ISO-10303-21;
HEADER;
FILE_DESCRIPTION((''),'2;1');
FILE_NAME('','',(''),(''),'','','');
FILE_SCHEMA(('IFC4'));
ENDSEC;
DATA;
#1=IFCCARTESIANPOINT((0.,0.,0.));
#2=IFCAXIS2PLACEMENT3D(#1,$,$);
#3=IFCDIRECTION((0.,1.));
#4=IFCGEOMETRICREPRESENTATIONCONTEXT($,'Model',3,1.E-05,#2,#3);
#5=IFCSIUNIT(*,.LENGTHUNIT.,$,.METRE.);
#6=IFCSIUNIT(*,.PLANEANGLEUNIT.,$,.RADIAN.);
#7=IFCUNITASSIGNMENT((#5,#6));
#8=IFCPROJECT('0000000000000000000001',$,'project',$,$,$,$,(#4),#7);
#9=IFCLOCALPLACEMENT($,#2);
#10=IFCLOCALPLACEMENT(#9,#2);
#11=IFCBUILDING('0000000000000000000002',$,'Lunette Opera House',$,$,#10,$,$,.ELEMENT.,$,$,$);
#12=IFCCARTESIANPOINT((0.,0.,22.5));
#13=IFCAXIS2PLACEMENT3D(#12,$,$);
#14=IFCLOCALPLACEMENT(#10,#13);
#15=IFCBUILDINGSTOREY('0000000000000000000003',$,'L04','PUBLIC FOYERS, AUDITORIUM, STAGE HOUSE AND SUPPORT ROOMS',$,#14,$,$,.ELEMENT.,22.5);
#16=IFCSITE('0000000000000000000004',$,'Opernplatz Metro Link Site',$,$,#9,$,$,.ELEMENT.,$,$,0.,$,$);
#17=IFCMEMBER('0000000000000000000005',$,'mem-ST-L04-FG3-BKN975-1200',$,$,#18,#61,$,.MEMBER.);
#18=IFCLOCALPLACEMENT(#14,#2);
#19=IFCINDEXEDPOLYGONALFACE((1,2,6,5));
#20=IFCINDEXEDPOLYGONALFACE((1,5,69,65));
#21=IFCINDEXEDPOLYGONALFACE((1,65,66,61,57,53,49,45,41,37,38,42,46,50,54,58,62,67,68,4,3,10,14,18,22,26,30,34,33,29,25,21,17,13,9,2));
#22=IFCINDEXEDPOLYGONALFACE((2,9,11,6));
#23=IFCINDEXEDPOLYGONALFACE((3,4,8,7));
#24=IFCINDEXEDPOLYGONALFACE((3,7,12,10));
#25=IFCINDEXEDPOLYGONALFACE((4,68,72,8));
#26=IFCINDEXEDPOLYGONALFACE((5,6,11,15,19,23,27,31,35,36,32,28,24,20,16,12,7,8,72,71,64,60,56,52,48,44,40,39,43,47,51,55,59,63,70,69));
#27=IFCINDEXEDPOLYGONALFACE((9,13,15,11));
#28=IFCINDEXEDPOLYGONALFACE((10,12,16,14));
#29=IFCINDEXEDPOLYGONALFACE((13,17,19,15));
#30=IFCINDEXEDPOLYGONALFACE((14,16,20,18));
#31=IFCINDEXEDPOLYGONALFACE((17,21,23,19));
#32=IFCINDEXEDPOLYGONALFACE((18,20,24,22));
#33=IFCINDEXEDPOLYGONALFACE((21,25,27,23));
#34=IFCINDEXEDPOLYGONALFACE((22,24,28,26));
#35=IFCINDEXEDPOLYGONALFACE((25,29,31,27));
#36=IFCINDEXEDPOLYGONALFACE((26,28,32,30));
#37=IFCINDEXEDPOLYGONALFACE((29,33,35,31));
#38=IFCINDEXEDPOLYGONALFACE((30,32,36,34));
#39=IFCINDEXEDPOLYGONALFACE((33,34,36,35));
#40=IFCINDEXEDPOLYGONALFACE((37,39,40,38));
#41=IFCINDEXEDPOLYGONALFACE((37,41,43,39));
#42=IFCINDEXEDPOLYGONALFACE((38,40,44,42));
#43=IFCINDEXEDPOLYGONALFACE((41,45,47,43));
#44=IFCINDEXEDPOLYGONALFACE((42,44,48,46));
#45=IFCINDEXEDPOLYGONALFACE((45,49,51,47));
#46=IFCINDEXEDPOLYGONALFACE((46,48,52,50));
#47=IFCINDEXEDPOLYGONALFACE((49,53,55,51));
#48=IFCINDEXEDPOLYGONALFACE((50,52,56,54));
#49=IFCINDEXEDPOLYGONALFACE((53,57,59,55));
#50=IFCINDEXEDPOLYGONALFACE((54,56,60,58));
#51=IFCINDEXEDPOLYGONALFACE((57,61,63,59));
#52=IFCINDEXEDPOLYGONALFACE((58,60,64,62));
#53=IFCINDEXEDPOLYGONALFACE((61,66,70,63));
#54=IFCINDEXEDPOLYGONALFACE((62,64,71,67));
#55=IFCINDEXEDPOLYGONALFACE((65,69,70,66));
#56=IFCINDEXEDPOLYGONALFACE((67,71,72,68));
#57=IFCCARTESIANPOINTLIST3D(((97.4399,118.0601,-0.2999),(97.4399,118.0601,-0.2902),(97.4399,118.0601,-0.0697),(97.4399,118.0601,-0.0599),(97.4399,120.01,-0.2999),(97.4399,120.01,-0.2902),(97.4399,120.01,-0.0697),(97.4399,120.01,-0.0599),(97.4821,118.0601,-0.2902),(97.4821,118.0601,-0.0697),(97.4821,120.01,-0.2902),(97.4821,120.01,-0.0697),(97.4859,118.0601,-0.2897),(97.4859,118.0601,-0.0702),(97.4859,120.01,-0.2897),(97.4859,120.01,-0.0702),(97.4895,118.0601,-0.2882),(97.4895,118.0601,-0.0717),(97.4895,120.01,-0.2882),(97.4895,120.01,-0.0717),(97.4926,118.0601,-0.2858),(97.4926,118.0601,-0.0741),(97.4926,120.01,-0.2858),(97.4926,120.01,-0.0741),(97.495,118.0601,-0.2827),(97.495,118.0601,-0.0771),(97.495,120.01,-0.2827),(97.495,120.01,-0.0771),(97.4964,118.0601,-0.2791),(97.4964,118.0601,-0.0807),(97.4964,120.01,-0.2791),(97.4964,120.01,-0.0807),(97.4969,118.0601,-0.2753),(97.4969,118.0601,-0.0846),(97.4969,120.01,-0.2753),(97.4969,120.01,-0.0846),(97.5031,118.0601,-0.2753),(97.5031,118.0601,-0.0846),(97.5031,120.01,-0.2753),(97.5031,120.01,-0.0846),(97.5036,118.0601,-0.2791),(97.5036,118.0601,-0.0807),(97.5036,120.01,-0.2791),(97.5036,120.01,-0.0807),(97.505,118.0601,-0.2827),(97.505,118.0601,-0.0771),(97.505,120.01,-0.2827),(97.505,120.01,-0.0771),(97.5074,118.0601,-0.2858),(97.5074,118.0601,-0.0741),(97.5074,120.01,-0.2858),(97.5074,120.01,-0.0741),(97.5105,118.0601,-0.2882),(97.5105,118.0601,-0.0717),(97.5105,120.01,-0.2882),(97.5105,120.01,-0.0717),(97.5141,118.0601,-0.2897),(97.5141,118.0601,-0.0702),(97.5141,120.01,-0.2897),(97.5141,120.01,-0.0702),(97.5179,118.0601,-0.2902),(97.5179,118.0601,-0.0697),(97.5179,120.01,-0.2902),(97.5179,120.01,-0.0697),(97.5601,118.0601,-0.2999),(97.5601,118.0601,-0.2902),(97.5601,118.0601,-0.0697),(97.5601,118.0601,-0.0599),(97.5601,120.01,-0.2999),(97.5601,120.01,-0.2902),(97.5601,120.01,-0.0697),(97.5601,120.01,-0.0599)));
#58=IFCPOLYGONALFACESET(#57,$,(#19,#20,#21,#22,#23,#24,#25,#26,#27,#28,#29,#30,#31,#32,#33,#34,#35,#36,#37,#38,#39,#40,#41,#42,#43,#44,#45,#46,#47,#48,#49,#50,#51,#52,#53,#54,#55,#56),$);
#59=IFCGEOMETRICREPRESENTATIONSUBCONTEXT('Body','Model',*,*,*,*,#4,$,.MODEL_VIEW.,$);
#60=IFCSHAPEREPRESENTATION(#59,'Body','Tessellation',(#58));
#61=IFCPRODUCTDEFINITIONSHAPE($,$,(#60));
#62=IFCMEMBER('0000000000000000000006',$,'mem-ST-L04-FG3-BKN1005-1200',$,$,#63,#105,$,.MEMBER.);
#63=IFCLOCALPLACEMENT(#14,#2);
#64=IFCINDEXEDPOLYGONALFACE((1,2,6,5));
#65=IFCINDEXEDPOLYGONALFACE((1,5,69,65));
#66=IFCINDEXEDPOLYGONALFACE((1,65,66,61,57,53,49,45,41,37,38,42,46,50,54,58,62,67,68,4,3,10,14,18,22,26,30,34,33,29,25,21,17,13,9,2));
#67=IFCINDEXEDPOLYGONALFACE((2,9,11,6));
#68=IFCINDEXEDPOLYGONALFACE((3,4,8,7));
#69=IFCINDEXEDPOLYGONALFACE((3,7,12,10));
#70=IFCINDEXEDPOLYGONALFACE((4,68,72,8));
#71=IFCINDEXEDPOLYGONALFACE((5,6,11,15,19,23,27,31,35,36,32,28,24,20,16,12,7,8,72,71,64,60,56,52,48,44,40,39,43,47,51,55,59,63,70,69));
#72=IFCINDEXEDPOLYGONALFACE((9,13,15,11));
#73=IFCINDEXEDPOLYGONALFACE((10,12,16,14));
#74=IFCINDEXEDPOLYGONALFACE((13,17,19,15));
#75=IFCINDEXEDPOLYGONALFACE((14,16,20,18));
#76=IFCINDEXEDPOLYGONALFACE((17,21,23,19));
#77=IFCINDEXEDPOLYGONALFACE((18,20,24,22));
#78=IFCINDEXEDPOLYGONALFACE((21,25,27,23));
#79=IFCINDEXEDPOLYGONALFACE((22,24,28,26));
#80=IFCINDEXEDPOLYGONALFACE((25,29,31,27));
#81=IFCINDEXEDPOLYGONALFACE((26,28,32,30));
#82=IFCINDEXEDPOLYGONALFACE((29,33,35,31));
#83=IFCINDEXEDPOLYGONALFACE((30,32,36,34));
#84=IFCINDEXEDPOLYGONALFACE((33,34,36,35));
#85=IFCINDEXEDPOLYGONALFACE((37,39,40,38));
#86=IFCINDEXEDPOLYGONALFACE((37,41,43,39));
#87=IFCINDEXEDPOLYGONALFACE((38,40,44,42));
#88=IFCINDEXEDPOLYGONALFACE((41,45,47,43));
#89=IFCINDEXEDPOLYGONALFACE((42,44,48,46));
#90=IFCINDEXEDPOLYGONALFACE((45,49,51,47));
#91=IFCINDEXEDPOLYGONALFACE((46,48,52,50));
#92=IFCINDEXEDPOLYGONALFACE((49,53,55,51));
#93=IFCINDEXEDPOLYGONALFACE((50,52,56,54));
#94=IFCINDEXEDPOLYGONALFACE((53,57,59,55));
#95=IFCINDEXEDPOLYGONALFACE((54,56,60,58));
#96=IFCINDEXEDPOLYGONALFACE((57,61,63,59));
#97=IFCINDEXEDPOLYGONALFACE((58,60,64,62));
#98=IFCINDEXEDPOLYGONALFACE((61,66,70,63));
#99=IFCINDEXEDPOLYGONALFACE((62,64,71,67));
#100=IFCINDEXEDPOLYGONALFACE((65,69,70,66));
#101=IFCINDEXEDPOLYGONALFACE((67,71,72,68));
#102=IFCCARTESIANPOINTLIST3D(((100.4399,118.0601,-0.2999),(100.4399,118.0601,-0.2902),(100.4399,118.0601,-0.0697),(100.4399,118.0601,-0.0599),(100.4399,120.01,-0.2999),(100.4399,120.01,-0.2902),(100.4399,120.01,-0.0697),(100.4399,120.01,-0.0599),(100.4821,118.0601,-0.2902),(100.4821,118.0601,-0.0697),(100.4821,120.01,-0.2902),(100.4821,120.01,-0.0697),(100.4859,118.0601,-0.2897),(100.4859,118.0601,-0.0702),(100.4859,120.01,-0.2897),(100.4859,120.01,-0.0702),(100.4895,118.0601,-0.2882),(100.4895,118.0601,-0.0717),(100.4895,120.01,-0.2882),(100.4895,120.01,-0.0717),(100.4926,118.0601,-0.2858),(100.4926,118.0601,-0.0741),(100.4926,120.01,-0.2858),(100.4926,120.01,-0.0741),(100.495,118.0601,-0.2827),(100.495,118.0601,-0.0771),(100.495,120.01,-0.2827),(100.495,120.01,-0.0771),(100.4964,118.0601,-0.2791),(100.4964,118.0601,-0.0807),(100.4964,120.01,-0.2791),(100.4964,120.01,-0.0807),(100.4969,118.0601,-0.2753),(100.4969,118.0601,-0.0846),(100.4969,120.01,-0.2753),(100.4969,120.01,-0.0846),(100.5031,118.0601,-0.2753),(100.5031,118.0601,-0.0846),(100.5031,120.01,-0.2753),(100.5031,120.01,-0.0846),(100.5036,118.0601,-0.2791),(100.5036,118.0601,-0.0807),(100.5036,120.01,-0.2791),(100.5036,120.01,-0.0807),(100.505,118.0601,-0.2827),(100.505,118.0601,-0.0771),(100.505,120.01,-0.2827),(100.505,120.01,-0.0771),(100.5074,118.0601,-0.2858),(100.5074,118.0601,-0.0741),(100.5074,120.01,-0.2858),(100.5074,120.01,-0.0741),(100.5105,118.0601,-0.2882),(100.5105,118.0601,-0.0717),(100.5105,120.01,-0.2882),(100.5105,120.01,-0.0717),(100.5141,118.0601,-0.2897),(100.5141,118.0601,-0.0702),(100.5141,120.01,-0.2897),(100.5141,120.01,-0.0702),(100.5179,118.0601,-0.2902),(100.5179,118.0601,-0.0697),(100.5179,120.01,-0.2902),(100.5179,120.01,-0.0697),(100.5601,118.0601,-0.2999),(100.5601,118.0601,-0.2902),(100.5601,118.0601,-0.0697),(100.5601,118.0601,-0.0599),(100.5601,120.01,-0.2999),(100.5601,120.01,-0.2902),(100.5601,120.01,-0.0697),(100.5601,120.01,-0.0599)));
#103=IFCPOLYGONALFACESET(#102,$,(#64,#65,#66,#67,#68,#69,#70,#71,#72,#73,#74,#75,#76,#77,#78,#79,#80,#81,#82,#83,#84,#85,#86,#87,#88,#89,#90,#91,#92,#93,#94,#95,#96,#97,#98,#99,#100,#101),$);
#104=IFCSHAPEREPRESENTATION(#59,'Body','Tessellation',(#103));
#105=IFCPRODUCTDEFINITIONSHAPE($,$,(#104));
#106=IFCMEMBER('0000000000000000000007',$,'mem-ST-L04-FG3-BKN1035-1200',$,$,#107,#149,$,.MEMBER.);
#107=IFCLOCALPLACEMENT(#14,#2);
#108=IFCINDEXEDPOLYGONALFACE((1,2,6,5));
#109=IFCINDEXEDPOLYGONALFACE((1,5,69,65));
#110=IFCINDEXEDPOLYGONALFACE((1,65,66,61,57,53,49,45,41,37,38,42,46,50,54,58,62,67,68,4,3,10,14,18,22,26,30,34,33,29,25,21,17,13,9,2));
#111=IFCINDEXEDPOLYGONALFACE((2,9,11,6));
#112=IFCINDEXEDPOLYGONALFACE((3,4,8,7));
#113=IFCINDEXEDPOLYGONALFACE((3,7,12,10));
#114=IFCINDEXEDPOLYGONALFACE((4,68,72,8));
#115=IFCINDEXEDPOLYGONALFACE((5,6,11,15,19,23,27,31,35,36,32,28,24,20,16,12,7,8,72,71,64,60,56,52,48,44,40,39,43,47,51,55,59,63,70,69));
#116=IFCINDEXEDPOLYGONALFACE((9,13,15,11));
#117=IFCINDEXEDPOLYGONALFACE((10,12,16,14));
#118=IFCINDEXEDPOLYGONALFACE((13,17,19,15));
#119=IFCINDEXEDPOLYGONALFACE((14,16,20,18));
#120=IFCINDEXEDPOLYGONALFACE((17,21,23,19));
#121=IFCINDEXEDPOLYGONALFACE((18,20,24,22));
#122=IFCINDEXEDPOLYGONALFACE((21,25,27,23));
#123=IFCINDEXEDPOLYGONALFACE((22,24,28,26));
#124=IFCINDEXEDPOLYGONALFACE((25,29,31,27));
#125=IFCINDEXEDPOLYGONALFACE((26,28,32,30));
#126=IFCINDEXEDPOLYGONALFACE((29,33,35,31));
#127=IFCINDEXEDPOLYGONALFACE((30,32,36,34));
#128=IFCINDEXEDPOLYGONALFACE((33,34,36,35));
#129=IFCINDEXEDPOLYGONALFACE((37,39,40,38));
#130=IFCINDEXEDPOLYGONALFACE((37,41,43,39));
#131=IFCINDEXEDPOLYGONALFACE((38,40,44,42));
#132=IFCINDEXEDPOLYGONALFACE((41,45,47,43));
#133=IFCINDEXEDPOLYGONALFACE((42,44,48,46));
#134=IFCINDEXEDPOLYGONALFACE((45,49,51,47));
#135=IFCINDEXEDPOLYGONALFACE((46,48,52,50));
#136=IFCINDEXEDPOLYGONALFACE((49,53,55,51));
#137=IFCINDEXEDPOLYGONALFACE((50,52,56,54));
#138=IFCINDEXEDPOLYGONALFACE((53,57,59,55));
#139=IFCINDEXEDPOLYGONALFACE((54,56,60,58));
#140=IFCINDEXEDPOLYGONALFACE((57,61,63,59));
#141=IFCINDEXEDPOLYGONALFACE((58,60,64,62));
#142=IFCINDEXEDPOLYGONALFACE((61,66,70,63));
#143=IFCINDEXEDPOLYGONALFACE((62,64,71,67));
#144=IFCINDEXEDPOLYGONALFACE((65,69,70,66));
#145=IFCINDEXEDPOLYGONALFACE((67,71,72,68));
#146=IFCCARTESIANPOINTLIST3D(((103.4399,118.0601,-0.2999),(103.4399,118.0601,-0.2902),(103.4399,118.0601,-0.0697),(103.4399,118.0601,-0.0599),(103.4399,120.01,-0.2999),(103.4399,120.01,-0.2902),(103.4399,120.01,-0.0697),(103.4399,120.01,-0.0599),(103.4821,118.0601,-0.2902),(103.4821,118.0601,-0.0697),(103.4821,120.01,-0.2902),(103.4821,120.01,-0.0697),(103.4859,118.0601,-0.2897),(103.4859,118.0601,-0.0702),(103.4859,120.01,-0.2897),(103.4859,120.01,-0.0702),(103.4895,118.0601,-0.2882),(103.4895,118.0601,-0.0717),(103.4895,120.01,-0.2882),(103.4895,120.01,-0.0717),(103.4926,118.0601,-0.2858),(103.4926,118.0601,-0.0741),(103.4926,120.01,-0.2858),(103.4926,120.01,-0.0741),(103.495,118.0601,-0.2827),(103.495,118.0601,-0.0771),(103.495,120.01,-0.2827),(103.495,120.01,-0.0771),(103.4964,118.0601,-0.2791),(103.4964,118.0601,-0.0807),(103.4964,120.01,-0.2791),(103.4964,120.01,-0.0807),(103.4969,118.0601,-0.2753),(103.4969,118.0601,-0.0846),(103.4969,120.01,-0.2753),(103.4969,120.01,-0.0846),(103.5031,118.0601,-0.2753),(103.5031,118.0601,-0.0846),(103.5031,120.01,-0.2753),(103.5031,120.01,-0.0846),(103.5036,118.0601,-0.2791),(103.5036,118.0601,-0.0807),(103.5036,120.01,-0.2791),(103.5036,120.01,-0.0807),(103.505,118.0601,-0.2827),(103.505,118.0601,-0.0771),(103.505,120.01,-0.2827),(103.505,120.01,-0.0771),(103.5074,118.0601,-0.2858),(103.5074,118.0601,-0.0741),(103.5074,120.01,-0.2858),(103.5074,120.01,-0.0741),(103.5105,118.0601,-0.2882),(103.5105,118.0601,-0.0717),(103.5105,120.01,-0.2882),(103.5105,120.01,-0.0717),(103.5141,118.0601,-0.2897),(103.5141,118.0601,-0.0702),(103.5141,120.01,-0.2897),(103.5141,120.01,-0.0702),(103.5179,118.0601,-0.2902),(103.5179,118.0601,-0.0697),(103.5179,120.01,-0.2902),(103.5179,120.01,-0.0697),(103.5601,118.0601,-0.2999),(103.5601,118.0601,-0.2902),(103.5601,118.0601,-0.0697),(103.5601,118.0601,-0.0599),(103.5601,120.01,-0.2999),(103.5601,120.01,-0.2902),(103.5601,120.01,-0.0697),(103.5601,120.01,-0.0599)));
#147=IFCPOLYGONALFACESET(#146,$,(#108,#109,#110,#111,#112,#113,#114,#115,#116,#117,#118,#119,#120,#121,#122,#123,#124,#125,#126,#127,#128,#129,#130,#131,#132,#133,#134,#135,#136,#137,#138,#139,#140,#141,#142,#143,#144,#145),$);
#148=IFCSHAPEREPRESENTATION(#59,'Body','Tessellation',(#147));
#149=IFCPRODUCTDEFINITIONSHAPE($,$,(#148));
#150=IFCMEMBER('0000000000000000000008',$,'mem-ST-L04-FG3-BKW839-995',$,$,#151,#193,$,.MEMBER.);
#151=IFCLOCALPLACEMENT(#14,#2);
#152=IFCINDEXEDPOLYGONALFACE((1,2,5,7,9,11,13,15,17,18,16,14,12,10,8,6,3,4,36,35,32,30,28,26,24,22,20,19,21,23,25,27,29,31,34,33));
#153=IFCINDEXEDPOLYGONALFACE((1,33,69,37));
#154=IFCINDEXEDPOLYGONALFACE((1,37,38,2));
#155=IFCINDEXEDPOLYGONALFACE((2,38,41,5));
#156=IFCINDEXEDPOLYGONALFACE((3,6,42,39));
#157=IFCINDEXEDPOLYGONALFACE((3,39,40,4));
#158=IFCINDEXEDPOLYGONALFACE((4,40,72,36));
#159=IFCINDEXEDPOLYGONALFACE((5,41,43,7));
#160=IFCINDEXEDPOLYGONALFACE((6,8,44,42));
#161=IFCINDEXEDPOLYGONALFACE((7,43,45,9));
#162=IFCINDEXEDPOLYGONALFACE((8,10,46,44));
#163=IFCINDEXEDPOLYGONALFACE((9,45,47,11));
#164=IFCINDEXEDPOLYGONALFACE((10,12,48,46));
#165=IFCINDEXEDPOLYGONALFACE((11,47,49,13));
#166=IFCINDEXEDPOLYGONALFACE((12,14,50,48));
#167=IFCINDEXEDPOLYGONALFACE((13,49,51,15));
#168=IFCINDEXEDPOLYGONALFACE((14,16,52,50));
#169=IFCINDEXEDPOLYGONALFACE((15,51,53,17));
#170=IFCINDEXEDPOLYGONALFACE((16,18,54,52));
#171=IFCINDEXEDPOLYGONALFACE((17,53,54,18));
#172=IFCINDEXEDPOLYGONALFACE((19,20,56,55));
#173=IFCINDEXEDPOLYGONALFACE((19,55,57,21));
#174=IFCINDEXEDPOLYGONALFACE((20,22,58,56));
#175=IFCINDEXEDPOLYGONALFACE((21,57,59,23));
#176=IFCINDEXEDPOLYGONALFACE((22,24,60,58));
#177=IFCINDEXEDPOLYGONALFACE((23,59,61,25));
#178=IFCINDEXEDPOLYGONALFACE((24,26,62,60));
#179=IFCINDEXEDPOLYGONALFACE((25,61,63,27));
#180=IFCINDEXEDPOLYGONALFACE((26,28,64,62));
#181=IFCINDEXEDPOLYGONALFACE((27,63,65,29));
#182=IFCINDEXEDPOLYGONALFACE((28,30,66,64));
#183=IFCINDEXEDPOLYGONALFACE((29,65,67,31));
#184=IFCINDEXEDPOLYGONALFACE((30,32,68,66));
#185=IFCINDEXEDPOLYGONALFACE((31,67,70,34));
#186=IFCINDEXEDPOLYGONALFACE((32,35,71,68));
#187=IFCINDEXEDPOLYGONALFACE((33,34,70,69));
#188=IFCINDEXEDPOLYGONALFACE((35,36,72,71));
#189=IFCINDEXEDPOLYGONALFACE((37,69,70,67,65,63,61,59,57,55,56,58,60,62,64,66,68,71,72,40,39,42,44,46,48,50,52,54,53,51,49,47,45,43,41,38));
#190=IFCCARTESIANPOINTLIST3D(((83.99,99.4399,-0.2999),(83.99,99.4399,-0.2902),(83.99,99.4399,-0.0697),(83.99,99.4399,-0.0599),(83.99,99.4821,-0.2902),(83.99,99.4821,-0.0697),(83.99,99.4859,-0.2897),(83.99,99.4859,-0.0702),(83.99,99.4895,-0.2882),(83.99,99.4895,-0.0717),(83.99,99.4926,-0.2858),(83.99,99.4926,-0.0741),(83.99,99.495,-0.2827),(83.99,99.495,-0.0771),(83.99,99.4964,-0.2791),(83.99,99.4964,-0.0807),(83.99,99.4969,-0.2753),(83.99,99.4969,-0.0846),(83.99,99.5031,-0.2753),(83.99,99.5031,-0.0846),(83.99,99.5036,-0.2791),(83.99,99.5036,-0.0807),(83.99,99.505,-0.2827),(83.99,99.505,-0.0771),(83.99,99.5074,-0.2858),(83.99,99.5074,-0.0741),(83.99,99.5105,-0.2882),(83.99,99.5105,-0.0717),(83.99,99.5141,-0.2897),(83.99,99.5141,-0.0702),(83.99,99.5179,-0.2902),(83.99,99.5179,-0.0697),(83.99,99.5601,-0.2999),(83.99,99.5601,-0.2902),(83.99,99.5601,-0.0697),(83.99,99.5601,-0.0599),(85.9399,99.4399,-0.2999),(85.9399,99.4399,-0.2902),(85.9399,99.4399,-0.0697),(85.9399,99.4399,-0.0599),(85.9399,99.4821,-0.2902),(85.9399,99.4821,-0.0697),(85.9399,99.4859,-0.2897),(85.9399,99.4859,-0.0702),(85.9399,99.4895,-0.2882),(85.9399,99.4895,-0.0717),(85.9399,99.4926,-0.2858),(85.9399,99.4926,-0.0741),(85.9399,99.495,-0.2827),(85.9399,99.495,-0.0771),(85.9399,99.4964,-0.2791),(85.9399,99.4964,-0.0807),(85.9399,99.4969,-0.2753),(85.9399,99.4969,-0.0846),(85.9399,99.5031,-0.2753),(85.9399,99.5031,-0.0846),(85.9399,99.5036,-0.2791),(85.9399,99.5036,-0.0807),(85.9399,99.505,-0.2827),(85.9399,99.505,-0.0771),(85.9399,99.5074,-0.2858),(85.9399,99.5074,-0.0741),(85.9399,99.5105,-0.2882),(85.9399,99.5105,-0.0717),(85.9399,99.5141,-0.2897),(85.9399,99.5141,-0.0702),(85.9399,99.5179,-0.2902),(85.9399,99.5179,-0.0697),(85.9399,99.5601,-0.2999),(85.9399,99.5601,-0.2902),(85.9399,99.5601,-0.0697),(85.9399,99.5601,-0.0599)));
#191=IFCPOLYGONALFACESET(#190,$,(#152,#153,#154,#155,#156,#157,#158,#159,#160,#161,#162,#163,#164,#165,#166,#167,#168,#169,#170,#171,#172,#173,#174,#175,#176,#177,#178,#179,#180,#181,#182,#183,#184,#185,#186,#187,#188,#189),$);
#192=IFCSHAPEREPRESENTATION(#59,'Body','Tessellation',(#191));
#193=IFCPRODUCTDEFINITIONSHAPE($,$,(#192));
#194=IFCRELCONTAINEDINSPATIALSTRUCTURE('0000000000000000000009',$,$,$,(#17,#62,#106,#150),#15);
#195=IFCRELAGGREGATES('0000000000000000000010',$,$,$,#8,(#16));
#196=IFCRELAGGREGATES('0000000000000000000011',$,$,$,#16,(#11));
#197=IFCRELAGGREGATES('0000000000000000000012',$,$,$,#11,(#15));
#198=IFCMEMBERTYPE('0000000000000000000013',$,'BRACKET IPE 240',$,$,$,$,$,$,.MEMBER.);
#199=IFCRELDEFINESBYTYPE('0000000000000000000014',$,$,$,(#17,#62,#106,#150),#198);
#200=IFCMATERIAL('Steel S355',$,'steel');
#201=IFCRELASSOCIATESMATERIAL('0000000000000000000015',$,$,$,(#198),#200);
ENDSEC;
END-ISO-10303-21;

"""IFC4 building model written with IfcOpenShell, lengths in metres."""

from ifc_helpers import new_model, si_unit, direction, frame, origin, origin_2d, place, context, subcontext, project, spatial, i_section, extrude, material, material_profile, profile_set, type_object, element, save


model = new_model("IFC4")

# Units and contexts
model_context = context("Model", 3, precision=1e-05, world=origin(), true_north=direction((0.0, 1.0)))
body_context = subcontext(model_context, "Body", "Model", "MODEL_VIEW")
ifc_project = project(units=[si_unit("LENGTHUNIT", "METRE"), si_unit("PLANEANGLEUNIT", "RADIAN")], contexts=[model_context])

# Site, building, storey
site_placement = place(None, origin())
site = spatial("IfcSite", under=ifc_project, at=site_placement, Name="Opernplatz Metro Link Site", CompositionType="ELEMENT", RefElevation=0.0)
building_placement = place(site_placement, origin())
building = spatial("IfcBuilding", under=site, at=building_placement, Name="Lunette Opera House", CompositionType="ELEMENT")
storey_placement = place(building_placement, frame((0.0, 0.0, 22.5)))
storey = spatial("IfcBuildingStorey", under=building, at=storey_placement, Name="L04", Description="PUBLIC FOYERS, AUDITORIUM, STAGE HOUSE AND SUPPORT ROOMS", CompositionType="ELEMENT", Elevation=22.5)

# Members
ifc_material_1 = material(Name="Steel S355", Category="steel")
ifc_material_profile_1 = material_profile(ifc_material_1, i_section(OverallWidth=0.1201, OverallDepth=0.24, WebThickness=0.0061, FlangeThickness=0.0098, FilletRadius=0.0149, at=origin_2d()), Name="IPE 240")
ifc_profile_set_1 = profile_set([ifc_material_profile_1], Name="Steel S355")
member_type_1 = type_object("IfcMemberType", Name="BRACKET IPE 240", PredefinedType="MEMBER", material=ifc_profile_set_1)
for number, where, z_axis, x_axis, name in (
    (1, (97.5, 120.01, -0.1799), (0.0, -1.0, 0.0), (1.0, 0.0, 0.0), "mem-ST-L04-FG3-BKN975-1200"),
    (2, (100.5, 120.01, -0.1799), (0.0, -1.0, 0.0), (1.0, 0.0, 0.0), "mem-ST-L04-FG3-BKN1005-1200"),
    (3, (103.5, 120.01, -0.1799), (0.0, -1.0, 0.0), (1.0, 0.0, 0.0), "mem-ST-L04-FG3-BKN1035-1200"),
    (4, (83.99, 99.5, -0.1799), (1.0, 0.0, 0.0), (0.0, 1.0, 0.0), "mem-ST-L04-FG3-BKW839-995"),
):
    element("IfcMember", number, at=place(storey_placement, frame(where, z_axis=z_axis, x_axis=x_axis)), inside=storey, type_object=member_type_1, Name=name, PredefinedType="MEMBER", context=body_context, shape_type="SweptSolid", body=[
        extrude(i_section(OverallWidth=0.1201, OverallDepth=0.24, WebThickness=0.0061, FlangeThickness=0.0098, FilletRadius=0.0149, at=origin_2d()), origin(), (0.0, 0.0, 1.0), 1.95),
    ])

save(model, "model.ifc")
